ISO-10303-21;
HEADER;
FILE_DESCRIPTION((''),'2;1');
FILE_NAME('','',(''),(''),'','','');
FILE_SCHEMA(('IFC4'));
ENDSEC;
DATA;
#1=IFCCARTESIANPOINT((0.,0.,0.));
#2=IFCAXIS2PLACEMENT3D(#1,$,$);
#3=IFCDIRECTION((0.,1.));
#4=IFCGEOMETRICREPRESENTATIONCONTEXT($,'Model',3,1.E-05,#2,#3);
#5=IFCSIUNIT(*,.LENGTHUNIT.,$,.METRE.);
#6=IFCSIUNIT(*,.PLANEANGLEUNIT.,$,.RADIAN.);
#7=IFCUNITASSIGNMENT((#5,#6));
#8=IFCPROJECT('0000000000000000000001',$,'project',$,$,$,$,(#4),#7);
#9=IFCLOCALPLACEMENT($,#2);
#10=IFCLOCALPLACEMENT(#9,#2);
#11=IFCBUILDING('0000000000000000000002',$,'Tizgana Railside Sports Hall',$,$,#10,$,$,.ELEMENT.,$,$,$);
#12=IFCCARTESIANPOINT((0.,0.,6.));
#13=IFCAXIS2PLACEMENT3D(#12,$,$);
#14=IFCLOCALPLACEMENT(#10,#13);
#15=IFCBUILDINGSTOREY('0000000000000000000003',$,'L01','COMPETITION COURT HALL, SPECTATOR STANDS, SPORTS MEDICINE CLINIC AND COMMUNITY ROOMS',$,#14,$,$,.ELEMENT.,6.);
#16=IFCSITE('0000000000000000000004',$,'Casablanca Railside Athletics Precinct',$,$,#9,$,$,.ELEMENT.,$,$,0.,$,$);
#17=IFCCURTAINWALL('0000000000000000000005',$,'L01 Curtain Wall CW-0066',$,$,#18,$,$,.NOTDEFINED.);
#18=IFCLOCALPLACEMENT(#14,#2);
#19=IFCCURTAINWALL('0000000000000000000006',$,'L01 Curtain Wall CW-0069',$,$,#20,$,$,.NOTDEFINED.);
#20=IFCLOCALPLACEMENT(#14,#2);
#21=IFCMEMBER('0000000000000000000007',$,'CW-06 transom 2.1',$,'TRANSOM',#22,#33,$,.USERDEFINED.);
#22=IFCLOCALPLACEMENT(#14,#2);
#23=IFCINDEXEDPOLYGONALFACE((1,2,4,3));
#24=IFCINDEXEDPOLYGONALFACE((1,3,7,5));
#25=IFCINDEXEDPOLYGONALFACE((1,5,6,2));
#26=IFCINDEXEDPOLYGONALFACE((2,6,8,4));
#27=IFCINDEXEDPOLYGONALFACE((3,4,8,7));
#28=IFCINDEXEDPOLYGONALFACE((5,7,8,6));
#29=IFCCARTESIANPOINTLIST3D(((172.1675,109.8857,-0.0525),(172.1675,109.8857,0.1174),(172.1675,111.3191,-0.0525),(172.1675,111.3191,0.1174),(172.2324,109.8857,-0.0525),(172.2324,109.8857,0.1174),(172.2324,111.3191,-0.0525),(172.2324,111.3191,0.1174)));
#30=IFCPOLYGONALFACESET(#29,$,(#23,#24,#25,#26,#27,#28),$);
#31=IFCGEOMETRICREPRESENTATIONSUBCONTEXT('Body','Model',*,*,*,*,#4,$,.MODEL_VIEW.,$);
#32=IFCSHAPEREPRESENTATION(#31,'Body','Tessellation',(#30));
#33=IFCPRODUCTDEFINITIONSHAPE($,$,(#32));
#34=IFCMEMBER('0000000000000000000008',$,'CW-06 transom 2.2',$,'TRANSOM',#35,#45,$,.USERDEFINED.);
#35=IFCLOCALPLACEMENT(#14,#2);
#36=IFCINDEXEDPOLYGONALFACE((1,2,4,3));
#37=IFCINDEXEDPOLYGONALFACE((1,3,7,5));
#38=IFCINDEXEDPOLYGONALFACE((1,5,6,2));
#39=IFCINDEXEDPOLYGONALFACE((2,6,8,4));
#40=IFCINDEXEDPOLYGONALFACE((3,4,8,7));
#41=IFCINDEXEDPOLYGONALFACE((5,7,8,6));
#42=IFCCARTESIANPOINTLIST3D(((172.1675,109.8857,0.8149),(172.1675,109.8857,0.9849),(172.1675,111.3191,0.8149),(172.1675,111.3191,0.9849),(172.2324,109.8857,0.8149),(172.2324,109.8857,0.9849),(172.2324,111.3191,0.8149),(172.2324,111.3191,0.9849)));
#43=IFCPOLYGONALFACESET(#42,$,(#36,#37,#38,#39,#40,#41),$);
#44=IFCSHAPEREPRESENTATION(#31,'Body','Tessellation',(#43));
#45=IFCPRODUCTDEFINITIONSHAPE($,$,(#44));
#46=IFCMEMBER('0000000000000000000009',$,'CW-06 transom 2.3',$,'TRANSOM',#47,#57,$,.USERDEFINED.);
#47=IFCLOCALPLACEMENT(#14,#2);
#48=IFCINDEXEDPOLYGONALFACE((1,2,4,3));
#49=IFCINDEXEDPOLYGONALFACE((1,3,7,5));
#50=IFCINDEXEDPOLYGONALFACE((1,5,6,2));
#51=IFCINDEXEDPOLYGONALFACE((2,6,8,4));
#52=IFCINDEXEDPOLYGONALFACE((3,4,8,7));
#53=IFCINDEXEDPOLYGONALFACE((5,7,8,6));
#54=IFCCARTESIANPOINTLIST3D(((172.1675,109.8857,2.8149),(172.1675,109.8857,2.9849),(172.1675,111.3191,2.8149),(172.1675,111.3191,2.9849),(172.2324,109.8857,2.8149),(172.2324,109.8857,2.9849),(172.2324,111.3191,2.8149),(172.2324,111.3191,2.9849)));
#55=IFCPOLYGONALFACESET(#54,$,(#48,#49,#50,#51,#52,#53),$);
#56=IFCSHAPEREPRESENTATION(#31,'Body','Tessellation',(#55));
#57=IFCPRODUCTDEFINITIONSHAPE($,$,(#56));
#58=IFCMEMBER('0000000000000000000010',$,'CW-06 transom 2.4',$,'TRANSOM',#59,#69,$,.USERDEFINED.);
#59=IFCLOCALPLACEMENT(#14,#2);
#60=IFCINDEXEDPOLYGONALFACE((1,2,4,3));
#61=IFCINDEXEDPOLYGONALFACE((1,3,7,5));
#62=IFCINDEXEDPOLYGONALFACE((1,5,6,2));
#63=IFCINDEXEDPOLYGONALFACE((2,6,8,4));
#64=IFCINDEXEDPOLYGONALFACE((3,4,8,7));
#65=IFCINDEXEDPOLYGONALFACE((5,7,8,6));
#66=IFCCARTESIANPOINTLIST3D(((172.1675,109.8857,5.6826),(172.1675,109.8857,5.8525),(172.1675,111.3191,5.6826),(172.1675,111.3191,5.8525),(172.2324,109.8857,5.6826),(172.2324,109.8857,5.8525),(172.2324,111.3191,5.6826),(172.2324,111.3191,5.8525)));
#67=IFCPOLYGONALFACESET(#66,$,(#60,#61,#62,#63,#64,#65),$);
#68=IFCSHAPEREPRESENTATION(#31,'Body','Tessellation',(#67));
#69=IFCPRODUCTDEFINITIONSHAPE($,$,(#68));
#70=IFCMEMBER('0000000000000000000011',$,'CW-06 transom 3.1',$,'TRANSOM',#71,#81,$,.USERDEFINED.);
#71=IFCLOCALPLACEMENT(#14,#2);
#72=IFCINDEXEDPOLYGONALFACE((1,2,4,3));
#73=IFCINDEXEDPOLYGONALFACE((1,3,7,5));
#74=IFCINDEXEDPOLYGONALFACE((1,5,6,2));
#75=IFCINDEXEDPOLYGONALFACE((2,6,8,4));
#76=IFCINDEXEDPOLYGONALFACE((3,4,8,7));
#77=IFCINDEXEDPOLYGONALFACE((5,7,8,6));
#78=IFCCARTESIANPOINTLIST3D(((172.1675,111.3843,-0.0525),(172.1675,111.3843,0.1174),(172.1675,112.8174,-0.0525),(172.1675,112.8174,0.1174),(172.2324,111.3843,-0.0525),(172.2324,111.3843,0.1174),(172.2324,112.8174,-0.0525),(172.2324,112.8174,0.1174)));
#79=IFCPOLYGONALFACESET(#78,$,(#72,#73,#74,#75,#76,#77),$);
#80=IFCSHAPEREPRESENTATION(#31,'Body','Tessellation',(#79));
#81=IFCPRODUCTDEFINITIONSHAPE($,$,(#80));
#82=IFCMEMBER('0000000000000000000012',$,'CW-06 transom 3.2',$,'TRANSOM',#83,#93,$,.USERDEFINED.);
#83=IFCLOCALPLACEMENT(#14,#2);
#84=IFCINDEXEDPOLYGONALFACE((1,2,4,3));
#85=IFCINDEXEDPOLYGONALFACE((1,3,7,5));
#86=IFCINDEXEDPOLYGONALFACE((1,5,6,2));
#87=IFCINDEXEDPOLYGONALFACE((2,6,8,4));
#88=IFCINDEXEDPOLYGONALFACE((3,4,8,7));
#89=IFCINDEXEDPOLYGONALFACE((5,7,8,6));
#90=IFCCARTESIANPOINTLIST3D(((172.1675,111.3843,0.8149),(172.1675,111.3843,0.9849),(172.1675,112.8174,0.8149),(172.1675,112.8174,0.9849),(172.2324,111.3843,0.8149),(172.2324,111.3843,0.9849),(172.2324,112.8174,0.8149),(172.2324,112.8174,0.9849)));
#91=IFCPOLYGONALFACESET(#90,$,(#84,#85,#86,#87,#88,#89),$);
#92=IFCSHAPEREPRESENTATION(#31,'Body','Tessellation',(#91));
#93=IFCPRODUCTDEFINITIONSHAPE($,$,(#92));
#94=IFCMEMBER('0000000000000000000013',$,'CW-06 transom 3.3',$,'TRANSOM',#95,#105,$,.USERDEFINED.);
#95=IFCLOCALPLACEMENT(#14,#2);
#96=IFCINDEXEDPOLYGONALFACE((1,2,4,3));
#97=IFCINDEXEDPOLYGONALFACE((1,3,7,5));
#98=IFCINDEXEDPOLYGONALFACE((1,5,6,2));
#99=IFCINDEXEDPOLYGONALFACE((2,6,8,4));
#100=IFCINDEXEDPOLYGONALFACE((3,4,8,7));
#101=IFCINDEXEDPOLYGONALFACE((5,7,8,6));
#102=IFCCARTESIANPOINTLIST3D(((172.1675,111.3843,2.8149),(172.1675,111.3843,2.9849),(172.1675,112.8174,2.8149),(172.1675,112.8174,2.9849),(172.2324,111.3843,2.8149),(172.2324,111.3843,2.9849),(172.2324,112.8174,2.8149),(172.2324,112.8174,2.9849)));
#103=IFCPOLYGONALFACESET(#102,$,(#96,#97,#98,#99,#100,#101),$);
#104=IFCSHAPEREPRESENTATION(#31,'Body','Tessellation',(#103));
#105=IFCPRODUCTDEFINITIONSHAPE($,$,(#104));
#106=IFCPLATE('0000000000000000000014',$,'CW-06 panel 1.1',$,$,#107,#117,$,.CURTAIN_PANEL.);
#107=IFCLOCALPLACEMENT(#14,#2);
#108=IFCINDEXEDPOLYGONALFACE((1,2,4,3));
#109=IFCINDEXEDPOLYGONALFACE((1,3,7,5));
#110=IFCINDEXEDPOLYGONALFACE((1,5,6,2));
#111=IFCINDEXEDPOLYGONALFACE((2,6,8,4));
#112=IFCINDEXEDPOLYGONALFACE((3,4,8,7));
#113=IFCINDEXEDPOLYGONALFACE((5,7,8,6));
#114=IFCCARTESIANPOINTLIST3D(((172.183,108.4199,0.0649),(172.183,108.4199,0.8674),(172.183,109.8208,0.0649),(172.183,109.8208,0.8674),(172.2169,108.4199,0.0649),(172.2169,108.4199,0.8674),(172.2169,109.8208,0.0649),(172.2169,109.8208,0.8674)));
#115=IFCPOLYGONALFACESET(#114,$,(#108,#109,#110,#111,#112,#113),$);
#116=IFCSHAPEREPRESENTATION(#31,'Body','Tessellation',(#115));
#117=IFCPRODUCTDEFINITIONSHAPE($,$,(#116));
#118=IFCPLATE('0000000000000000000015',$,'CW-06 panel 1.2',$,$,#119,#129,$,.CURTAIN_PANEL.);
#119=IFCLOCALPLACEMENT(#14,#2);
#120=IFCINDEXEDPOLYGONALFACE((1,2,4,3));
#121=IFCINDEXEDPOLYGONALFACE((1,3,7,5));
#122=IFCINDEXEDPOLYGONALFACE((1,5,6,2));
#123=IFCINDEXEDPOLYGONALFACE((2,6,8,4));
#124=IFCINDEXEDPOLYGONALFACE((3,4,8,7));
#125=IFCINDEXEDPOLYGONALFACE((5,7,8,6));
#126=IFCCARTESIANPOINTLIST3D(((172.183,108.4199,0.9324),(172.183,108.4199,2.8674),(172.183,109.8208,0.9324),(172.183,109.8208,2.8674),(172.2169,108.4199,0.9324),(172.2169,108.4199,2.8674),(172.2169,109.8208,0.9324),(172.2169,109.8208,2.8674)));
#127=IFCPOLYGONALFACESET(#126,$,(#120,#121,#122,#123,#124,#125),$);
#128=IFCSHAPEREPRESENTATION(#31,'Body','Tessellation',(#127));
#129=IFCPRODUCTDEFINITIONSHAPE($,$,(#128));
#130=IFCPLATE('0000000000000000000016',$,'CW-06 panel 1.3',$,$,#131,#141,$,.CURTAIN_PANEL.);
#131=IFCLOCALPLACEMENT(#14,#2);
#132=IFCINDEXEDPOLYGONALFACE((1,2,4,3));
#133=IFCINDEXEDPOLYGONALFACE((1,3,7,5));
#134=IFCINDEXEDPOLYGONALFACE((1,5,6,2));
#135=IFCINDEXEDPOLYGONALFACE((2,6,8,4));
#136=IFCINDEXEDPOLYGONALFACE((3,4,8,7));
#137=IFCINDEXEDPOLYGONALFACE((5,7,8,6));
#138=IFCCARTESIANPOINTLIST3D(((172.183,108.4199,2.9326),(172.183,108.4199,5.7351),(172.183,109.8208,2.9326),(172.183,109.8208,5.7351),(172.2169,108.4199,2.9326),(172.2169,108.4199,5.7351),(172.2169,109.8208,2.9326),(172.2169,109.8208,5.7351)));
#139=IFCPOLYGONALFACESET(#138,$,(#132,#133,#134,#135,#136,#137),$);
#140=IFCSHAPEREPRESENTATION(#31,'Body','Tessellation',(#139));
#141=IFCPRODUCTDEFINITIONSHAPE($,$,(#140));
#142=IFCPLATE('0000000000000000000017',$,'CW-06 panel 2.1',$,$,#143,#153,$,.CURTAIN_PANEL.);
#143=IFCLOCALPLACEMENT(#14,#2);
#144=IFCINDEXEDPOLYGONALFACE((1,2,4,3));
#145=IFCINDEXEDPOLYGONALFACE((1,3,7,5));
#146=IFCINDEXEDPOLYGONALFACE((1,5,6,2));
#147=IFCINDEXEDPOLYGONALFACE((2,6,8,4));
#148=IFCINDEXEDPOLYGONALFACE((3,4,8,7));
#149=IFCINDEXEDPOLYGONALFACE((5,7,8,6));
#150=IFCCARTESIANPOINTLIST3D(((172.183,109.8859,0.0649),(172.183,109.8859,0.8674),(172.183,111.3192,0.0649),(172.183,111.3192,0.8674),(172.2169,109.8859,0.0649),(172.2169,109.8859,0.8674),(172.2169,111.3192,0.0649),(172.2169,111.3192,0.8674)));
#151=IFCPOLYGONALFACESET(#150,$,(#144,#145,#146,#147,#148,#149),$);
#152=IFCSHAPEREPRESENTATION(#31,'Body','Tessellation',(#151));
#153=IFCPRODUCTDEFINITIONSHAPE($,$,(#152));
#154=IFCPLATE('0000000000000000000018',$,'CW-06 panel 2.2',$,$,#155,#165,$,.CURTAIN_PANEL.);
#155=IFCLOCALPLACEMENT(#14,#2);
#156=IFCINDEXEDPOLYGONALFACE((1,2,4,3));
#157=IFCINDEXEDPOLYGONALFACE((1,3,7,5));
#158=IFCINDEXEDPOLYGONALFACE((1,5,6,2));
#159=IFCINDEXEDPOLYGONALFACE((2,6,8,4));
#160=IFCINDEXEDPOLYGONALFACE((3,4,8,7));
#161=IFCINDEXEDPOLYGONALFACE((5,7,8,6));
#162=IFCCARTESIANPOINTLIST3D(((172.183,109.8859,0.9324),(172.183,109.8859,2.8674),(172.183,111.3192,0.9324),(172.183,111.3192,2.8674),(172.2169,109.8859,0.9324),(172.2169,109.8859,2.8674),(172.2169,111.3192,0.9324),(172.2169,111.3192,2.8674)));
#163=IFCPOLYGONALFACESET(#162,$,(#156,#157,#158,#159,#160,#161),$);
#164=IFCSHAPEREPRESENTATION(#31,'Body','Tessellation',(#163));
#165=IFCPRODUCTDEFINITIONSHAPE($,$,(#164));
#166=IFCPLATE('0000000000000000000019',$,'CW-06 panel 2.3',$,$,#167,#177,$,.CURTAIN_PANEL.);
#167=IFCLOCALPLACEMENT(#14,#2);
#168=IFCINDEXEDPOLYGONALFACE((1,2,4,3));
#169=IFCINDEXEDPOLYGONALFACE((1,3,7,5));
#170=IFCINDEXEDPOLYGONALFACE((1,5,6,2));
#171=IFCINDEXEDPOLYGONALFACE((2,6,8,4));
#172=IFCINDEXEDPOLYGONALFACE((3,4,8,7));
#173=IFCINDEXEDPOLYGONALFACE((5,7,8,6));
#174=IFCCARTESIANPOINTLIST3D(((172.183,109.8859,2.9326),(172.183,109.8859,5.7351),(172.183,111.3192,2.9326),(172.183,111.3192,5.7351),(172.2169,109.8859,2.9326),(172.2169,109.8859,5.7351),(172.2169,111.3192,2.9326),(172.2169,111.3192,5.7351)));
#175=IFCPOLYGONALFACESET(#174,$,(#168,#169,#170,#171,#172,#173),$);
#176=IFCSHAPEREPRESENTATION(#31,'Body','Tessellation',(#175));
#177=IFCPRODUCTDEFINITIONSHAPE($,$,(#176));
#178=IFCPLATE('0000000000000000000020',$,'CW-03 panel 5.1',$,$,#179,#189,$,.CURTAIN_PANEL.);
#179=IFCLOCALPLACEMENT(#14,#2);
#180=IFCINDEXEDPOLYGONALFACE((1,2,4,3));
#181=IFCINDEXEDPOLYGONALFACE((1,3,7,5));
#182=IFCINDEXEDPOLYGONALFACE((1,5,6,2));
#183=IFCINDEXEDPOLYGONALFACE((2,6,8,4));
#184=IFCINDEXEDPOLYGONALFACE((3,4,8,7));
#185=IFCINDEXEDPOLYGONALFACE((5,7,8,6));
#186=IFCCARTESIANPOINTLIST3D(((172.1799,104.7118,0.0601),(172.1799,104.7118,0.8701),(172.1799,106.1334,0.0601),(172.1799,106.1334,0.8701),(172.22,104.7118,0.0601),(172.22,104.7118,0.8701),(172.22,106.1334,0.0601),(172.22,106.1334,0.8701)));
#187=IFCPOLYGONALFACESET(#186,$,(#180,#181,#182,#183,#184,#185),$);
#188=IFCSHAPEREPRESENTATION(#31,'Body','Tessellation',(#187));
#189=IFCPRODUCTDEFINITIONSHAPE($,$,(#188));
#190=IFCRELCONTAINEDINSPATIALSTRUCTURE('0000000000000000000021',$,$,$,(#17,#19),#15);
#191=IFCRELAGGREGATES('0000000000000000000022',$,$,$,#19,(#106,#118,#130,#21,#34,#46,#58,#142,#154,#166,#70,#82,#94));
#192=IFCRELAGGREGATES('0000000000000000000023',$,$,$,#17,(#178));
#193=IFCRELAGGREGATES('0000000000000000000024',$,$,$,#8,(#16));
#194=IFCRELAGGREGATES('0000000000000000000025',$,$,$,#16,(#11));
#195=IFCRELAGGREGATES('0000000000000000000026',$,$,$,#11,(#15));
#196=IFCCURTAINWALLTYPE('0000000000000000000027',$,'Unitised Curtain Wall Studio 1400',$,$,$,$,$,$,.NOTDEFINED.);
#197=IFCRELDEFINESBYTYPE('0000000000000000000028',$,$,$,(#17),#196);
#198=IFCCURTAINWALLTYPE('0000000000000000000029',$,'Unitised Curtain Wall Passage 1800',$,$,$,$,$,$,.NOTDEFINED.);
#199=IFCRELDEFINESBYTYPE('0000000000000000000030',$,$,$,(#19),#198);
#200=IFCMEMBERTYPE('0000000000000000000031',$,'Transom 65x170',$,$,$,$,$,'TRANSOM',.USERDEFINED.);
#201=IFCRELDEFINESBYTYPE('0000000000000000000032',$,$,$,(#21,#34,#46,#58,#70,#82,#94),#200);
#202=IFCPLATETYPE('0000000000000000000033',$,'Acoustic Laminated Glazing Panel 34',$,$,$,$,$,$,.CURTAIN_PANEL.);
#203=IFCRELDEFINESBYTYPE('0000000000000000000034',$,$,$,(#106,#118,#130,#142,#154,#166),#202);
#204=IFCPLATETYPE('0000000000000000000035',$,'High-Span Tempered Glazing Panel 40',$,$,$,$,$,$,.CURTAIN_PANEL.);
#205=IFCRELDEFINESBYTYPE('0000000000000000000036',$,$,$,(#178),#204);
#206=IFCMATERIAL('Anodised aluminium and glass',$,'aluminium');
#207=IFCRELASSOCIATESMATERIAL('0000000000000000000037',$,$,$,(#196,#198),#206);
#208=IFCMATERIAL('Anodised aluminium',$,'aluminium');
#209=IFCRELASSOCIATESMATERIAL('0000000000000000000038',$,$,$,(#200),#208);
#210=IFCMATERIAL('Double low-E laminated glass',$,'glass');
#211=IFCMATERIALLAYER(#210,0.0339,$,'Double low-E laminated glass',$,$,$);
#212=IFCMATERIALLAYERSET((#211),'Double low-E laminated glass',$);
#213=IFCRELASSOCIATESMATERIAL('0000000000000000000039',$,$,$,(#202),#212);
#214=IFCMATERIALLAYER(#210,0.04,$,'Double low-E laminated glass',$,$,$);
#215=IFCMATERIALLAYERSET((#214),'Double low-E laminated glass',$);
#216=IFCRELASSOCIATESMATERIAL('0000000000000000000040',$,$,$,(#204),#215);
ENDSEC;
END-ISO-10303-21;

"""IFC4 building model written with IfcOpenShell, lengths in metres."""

from ifc_helpers import new_model, si_unit, direction, frame, origin, origin_2d, place, context, subcontext, project, spatial, rectangle, extrude, material, layer, layer_set, material_profile, profile_set, type_object, element, aggregate, save


model = new_model("IFC4")

# Units and contexts
model_context = context("Model", 3, precision=1e-05, world=origin(), true_north=direction((0.0, 1.0)))
body_context = subcontext(model_context, "Body", "Model", "MODEL_VIEW")
ifc_project = project(units=[si_unit("LENGTHUNIT", "METRE"), si_unit("PLANEANGLEUNIT", "RADIAN")], contexts=[model_context])

# Site, building, storey
site_placement = place(None, origin())
site = spatial("IfcSite", under=ifc_project, at=site_placement, Name="Casablanca Railside Athletics Precinct", CompositionType="ELEMENT", RefElevation=0.0)
building_placement = place(site_placement, origin())
building = spatial("IfcBuilding", under=site, at=building_placement, Name="Tizgana Railside Sports Hall", CompositionType="ELEMENT")
storey_placement = place(building_placement, frame((0.0, 0.0, 6.0)))
storey = spatial("IfcBuildingStorey", under=building, at=storey_placement, Name="L01", Description="COMPETITION COURT HALL, SPECTATOR STANDS, SPORTS MEDICINE CLINIC AND COMMUNITY ROOMS", CompositionType="ELEMENT", Elevation=6.0)

# Curtain walls
ifc_material_1 = material(Name="Anodised aluminium and glass", Category="aluminium")
curtain_wall_type_1 = type_object("IfcCurtainWallType", Name="Unitised Curtain Wall Studio 1400", PredefinedType="NOTDEFINED", material=ifc_material_1)
curtain_wall_1_placement = place(storey_placement, origin())
curtain_wall_1 = element("IfcCurtainWall", 1, at=curtain_wall_1_placement, inside=storey, type_object=curtain_wall_type_1, Name="L01 Curtain Wall CW-0066", PredefinedType="NOTDEFINED")
ifc_material_2 = material(Name="Anodised aluminium", Category="aluminium")
curtain_wall_type_2 = type_object("IfcCurtainWallType", Name="Unitised Curtain Wall Passage 1800", PredefinedType="NOTDEFINED", material=ifc_material_1)
curtain_wall_2_placement = place(storey_placement, origin())
curtain_wall_2 = element("IfcCurtainWall", 2, at=curtain_wall_2_placement, inside=storey, type_object=curtain_wall_type_2, Name="L01 Curtain Wall CW-0069", PredefinedType="NOTDEFINED")

# Members
ifc_material_profile_1 = material_profile(ifc_material_2, rectangle(XDim=0.0649, YDim=0.1699, at=origin_2d()), Name="Transom 65x170")
ifc_profile_set_1 = profile_set([ifc_material_profile_1], Name="Anodised aluminium")
member_type_1 = type_object("IfcMemberType", Name="Transom 65x170", ElementType="TRANSOM", PredefinedType="USERDEFINED", material=ifc_profile_set_1)
member_1_placement = place(storey_placement, frame((172.2, 109.8857, 0.0325), z_axis=(0.0, 1.0, 0.0), x_axis=(-1.0, 0.0, 0.0)))
member_1 = element("IfcMember", 3, at=member_1_placement, type_object=member_type_1, Name="CW-06 transom 2.1", ObjectType="TRANSOM", PredefinedType="USERDEFINED", context=body_context, shape_type="SweptSolid", body=[
    extrude(rectangle(XDim=0.0649, YDim=0.1699, at=origin_2d()), origin(), (0.0, 0.0, 1.0), 1.4333),
])
member_2_placement = place(storey_placement, frame((172.2, 109.8857, 0.8999), z_axis=(0.0, 1.0, 0.0), x_axis=(-1.0, 0.0, 0.0)))
member_2 = element("IfcMember", 4, at=member_2_placement, type_object=member_type_1, Name="CW-06 transom 2.2", ObjectType="TRANSOM", PredefinedType="USERDEFINED", context=body_context, shape_type="SweptSolid", body=[
    extrude(rectangle(XDim=0.0649, YDim=0.1699, at=origin_2d()), origin(), (0.0, 0.0, 1.0), 1.4333),
])
member_3_placement = place(storey_placement, frame((172.2, 109.8857, 2.8999), z_axis=(0.0, 1.0, 0.0), x_axis=(-1.0, 0.0, 0.0)))
member_3 = element("IfcMember", 5, at=member_3_placement, type_object=member_type_1, Name="CW-06 transom 2.3", ObjectType="TRANSOM", PredefinedType="USERDEFINED", context=body_context, shape_type="SweptSolid", body=[
    extrude(rectangle(XDim=0.0649, YDim=0.1699, at=origin_2d()), origin(), (0.0, 0.0, 1.0), 1.4333),
])
member_4_placement = place(storey_placement, frame((172.2, 109.8857, 5.7676), z_axis=(0.0, 1.0, 0.0), x_axis=(-1.0, 0.0, 0.0)))
member_4 = element("IfcMember", 6, at=member_4_placement, type_object=member_type_1, Name="CW-06 transom 2.4", ObjectType="TRANSOM", PredefinedType="USERDEFINED", context=body_context, shape_type="SweptSolid", body=[
    extrude(rectangle(XDim=0.0649, YDim=0.1699, at=origin_2d()), origin(), (0.0, 0.0, 1.0), 1.4333),
])
member_5_placement = place(storey_placement, frame((172.2, 111.3843, 0.0325), z_axis=(0.0, 1.0, 0.0), x_axis=(-1.0, 0.0, 0.0)))
member_5 = element("IfcMember", 7, at=member_5_placement, type_object=member_type_1, Name="CW-06 transom 3.1", ObjectType="TRANSOM", PredefinedType="USERDEFINED", context=body_context, shape_type="SweptSolid", body=[
    extrude(rectangle(XDim=0.0649, YDim=0.1699, at=origin_2d()), origin(), (0.0, 0.0, 1.0), 1.4331),
])
member_6_placement = place(storey_placement, frame((172.2, 111.3843, 0.8999), z_axis=(0.0, 1.0, 0.0), x_axis=(-1.0, 0.0, 0.0)))
member_6 = element("IfcMember", 8, at=member_6_placement, type_object=member_type_1, Name="CW-06 transom 3.2", ObjectType="TRANSOM", PredefinedType="USERDEFINED", context=body_context, shape_type="SweptSolid", body=[
    extrude(rectangle(XDim=0.0649, YDim=0.1699, at=origin_2d()), origin(), (0.0, 0.0, 1.0), 1.4331),
])
member_7_placement = place(storey_placement, frame((172.2, 111.3843, 2.8999), z_axis=(0.0, 1.0, 0.0), x_axis=(-1.0, 0.0, 0.0)))
member_7 = element("IfcMember", 9, at=member_7_placement, type_object=member_type_1, Name="CW-06 transom 3.3", ObjectType="TRANSOM", PredefinedType="USERDEFINED", context=body_context, shape_type="SweptSolid", body=[
    extrude(rectangle(XDim=0.0649, YDim=0.1699, at=origin_2d()), origin(), (0.0, 0.0, 1.0), 1.4331),
])

# Plates
ifc_material_3 = material(Name="Double low-E laminated glass", Category="glass")
ifc_layer_1 = layer(ifc_material_3, 0.0339, Name="Double low-E laminated glass")
ifc_layer_set_1 = layer_set([ifc_layer_1], Name="Double low-E laminated glass")
plate_type_1 = type_object("IfcPlateType", Name="Acoustic Laminated Glazing Panel 34", PredefinedType="CURTAIN_PANEL", material=ifc_layer_set_1)
plate_1_placement = place(storey_placement, frame((172.2, 109.1204, 0.0649), z_axis=(0.0, 0.0, 1.0), x_axis=(0.0, 1.0, 0.0)))
plate_1 = element("IfcPlate", 10, at=plate_1_placement, type_object=plate_type_1, Name="CW-06 panel 1.1", PredefinedType="CURTAIN_PANEL", context=body_context, shape_type="SweptSolid", body=[
    extrude(rectangle(XDim=1.4009, YDim=0.0339, at=origin_2d()), origin(), (0.0, 0.0, 1.0), 0.8025),
])
plate_2_placement = place(storey_placement, frame((172.2, 109.1204, 0.9324), z_axis=(0.0, 0.0, 1.0), x_axis=(0.0, 1.0, 0.0)))
plate_2 = element("IfcPlate", 11, at=plate_2_placement, type_object=plate_type_1, Name="CW-06 panel 1.2", PredefinedType="CURTAIN_PANEL", context=body_context, shape_type="SweptSolid", body=[
    extrude(rectangle(XDim=1.4009, YDim=0.0339, at=origin_2d()), origin(), (0.0, 0.0, 1.0), 1.9351),
])
plate_3_placement = place(storey_placement, frame((172.2, 109.1204, 2.9326), z_axis=(0.0, 0.0, 1.0), x_axis=(0.0, 1.0, 0.0)))
plate_3 = element("IfcPlate", 12, at=plate_3_placement, type_object=plate_type_1, Name="CW-06 panel 1.3", PredefinedType="CURTAIN_PANEL", context=body_context, shape_type="SweptSolid", body=[
    extrude(rectangle(XDim=1.4009, YDim=0.0339, at=origin_2d()), origin(), (0.0, 0.0, 1.0), 2.8025),
])
plate_4_placement = place(storey_placement, frame((172.2, 110.6025, 0.0649), z_axis=(0.0, 0.0, 1.0), x_axis=(0.0, 1.0, 0.0)))
plate_4 = element("IfcPlate", 13, at=plate_4_placement, type_object=plate_type_1, Name="CW-06 panel 2.1", PredefinedType="CURTAIN_PANEL", context=body_context, shape_type="SweptSolid", body=[
    extrude(rectangle(XDim=1.4333, YDim=0.0339, at=origin_2d()), origin(), (0.0, 0.0, 1.0), 0.8025),
])
plate_5_placement = place(storey_placement, frame((172.2, 110.6025, 0.9324), z_axis=(0.0, 0.0, 1.0), x_axis=(0.0, 1.0, 0.0)))
plate_5 = element("IfcPlate", 14, at=plate_5_placement, type_object=plate_type_1, Name="CW-06 panel 2.2", PredefinedType="CURTAIN_PANEL", context=body_context, shape_type="SweptSolid", body=[
    extrude(rectangle(XDim=1.4333, YDim=0.0339, at=origin_2d()), origin(), (0.0, 0.0, 1.0), 1.9351),
])
plate_6_placement = place(storey_placement, frame((172.2, 110.6025, 2.9326), z_axis=(0.0, 0.0, 1.0), x_axis=(0.0, 1.0, 0.0)))
plate_6 = element("IfcPlate", 15, at=plate_6_placement, type_object=plate_type_1, Name="CW-06 panel 2.3", PredefinedType="CURTAIN_PANEL", context=body_context, shape_type="SweptSolid", body=[
    extrude(rectangle(XDim=1.4333, YDim=0.0339, at=origin_2d()), origin(), (0.0, 0.0, 1.0), 2.8025),
])
aggregate(curtain_wall_2, [plate_1, plate_2, plate_3, member_1, member_2, member_3, member_4, plate_4, plate_5, plate_6, member_5, member_6, member_7])
ifc_layer_2 = layer(ifc_material_3, 0.04, Name="Double low-E laminated glass")
ifc_layer_set_2 = layer_set([ifc_layer_2], Name="Double low-E laminated glass")
plate_type_2 = type_object("IfcPlateType", Name="High-Span Tempered Glazing Panel 40", PredefinedType="CURTAIN_PANEL", material=ifc_layer_set_2)
plate_7_placement = place(storey_placement, frame((172.2, 105.4226, 0.0601), z_axis=(0.0, 0.0, 1.0), x_axis=(0.0, 1.0, 0.0)))
plate_7 = element("IfcPlate", 16, at=plate_7_placement, type_object=plate_type_2, Name="CW-03 panel 5.1", PredefinedType="CURTAIN_PANEL", context=body_context, shape_type="SweptSolid", body=[
    extrude(rectangle(XDim=1.4216, YDim=0.04, at=origin_2d()), origin(), (0.0, 0.0, 1.0), 0.8101),
])
aggregate(curtain_wall_1, [plate_7])

save(model, "model.ifc")
